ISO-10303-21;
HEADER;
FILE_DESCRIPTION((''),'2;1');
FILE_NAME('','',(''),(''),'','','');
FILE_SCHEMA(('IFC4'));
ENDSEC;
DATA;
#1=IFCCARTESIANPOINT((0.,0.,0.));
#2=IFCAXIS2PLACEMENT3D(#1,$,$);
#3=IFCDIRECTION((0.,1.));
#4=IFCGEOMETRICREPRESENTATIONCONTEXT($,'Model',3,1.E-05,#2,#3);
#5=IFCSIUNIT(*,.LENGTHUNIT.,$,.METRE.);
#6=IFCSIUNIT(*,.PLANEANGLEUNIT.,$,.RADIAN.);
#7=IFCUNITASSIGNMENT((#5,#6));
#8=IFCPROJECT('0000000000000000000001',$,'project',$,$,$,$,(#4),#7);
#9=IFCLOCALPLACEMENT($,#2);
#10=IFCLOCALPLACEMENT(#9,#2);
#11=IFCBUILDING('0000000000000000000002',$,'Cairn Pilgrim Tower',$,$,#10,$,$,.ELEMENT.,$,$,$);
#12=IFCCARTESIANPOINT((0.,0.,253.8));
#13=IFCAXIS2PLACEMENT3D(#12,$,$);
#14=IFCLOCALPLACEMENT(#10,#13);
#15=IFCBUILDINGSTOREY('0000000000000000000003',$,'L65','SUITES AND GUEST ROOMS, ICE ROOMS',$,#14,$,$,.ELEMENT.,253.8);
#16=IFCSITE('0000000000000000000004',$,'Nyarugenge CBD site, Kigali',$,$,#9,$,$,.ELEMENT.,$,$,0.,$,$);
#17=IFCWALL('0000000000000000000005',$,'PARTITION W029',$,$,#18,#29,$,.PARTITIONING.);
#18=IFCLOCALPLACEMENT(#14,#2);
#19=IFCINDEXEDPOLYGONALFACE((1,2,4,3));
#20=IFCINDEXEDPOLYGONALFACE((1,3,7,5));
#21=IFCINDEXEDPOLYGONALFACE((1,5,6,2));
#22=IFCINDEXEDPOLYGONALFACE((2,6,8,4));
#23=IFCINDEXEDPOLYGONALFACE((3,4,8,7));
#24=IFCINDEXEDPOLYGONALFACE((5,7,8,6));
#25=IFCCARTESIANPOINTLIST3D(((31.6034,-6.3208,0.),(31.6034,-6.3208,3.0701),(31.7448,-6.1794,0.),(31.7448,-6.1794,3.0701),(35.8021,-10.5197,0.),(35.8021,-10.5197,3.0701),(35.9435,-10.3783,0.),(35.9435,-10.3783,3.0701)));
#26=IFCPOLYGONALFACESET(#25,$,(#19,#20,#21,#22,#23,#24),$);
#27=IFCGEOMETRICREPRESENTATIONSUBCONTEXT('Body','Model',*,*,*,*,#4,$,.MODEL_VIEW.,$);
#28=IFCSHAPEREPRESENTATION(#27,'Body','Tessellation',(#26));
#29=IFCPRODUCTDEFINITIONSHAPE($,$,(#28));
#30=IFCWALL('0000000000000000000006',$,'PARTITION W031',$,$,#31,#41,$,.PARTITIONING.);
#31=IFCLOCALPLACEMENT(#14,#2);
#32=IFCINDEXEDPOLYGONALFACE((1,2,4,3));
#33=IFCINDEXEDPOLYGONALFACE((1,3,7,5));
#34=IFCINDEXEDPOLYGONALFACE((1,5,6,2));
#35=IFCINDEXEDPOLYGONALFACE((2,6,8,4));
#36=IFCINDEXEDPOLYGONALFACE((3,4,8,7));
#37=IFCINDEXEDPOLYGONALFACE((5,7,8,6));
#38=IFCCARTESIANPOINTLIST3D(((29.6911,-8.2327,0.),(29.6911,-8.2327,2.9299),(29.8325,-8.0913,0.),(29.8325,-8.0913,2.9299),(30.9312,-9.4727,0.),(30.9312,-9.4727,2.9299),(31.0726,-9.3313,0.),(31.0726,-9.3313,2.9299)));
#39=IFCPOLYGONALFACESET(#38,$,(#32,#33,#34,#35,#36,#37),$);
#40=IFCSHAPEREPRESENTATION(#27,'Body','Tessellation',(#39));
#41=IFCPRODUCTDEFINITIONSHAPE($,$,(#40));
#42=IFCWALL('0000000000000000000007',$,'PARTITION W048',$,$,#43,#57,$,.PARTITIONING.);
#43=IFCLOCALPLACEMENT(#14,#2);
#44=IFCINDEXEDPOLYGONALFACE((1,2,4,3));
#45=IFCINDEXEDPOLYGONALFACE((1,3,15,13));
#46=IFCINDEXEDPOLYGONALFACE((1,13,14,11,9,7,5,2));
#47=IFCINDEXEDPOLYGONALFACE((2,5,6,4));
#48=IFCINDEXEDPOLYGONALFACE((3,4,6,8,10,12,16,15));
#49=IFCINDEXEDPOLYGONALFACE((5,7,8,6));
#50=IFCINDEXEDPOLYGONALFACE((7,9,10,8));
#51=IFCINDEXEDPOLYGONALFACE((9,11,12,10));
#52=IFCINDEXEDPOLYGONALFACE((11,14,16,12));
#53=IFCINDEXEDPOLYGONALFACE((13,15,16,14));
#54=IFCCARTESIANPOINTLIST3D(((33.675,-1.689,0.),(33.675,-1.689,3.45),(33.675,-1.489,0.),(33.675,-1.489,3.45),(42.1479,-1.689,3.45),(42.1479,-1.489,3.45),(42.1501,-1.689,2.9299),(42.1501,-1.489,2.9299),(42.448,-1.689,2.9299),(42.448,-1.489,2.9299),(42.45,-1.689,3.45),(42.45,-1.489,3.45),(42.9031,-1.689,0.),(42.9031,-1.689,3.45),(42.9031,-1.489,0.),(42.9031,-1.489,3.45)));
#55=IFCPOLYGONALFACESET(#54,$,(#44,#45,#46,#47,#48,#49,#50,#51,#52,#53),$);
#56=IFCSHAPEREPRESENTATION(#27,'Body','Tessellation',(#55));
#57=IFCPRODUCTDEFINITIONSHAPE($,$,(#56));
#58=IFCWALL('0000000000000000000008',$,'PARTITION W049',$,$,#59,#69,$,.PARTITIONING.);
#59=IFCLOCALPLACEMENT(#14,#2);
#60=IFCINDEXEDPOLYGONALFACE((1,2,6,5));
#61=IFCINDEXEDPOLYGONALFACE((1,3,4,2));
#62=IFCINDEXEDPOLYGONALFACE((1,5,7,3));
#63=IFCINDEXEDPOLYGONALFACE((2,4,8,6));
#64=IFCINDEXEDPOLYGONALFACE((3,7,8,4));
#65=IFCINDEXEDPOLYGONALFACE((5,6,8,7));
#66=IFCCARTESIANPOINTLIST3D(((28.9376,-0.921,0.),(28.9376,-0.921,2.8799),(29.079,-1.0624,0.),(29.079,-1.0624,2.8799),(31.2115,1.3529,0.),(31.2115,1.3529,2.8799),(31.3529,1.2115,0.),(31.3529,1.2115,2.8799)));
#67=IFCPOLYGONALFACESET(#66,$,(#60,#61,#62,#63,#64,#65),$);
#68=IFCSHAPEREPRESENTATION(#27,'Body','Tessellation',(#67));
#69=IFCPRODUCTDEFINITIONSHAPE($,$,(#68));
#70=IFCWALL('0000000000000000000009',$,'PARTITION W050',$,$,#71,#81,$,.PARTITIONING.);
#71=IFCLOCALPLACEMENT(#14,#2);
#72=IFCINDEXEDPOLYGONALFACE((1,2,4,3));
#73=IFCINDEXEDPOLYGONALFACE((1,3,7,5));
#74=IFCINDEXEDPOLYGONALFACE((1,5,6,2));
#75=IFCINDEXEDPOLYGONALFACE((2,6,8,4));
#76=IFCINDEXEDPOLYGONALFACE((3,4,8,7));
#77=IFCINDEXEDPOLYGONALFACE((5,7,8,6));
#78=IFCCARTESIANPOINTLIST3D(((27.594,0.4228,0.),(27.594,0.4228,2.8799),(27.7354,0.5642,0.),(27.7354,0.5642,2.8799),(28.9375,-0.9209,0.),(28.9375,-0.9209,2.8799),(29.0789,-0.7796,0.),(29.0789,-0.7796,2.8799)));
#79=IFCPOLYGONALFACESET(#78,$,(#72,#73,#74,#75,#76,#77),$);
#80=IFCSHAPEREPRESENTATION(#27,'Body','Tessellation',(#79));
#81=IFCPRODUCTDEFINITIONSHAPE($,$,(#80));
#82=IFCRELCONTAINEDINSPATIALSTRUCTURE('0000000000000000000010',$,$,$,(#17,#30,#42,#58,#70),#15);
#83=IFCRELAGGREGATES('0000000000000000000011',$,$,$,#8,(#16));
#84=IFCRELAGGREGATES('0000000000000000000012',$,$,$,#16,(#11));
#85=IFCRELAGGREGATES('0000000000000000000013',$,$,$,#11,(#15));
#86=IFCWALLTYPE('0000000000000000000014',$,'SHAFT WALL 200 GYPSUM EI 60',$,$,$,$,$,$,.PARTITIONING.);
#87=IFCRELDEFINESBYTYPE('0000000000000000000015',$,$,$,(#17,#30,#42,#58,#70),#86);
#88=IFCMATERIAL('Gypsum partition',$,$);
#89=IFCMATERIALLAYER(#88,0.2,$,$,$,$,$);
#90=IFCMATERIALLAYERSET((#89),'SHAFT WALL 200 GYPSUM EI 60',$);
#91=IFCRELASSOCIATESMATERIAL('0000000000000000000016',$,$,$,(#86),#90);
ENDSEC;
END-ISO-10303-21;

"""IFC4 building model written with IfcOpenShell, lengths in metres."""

from ifc_helpers import new_model, si_unit, direction, frame, frame_2d, origin, place, context, subcontext, project, spatial, polyline, rectangle, outline, extrude, material, layer, layer_set, type_object, element, save


model = new_model("IFC4")

# Units and contexts
model_context = context("Model", 3, precision=1e-05, world=origin(), true_north=direction((0.0, 1.0)))
body_context = subcontext(model_context, "Body", "Model", "MODEL_VIEW")
ifc_project = project(units=[si_unit("LENGTHUNIT", "METRE"), si_unit("PLANEANGLEUNIT", "RADIAN")], contexts=[model_context])

# Site, building, storey
site_placement = place(None, origin())
site = spatial("IfcSite", under=ifc_project, at=site_placement, Name="Nyarugenge CBD site, Kigali", CompositionType="ELEMENT", RefElevation=0.0)
building_placement = place(site_placement, origin())
building = spatial("IfcBuilding", under=site, at=building_placement, Name="Cairn Pilgrim Tower", CompositionType="ELEMENT")
storey_placement = place(building_placement, frame((0.0, 0.0, 253.8)))
storey = spatial("IfcBuildingStorey", under=building, at=storey_placement, Name="L65", Description="SUITES AND GUEST ROOMS, ICE ROOMS", CompositionType="ELEMENT", Elevation=253.8)

# Shared definitions
ifc_material_1 = material(Name="Gypsum partition")

# Walls
ifc_layer_1 = layer(ifc_material_1, 0.2)
ifc_layer_set_1 = layer_set([ifc_layer_1], Name="SHAFT WALL 200 GYPSUM EI 60")
wall_type_1 = type_object("IfcWallType", Name="SHAFT WALL 200 GYPSUM EI 60", PredefinedType="PARTITIONING", material=ifc_layer_set_1)
wall_1_placement = place(storey_placement, frame((35.8728, -10.449, 0.0), z_axis=(0.0, 0.0, 1.0), x_axis=(-0.707086, 0.707127, 0.0)))
element("IfcWall", 1, at=wall_1_placement, inside=storey, type_object=wall_type_1, Name="PARTITION W029", PredefinedType="PARTITIONING", context=body_context, shape_type="SweptSolid", body=[
    extrude(rectangle(XDim=5.938, YDim=0.2, at=frame_2d((2.969, 0.0))), origin(), (0.0, 0.0, 1.0), 3.0701),
])
wall_2_placement = place(storey_placement, frame((31.002, -9.4021, 0.0), z_axis=(0.0, 0.0, 1.0), x_axis=(-0.707107, 0.707107, 0.0)))
element("IfcWall", 2, at=wall_2_placement, inside=storey, type_object=wall_type_1, Name="PARTITION W031", PredefinedType="PARTITIONING", context=body_context, shape_type="SweptSolid", body=[
    extrude(rectangle(XDim=1.7537, YDim=0.2, at=frame_2d((0.877, 0.0))), origin(), (0.0, 0.0, 1.0), 2.9299),
])
wall_3_placement = place(storey_placement, frame((33.675, -1.5891, 0.0), z_axis=(0.0, 0.0, 1.0), x_axis=(1.0, 0.0, 0.0)))
element("IfcWall", 3, at=wall_3_placement, inside=storey, type_object=wall_type_1, Name="PARTITION W048", PredefinedType="PARTITIONING", context=body_context, shape_type="SweptSolid", body=[
    extrude(outline(polyline([(0.0, 0.0), (9.228, 0.0), (9.228, 3.45), (8.7749, 3.45), (8.7729, 2.9299), (8.4751, 2.9299), (8.4729, 3.45), (0.0, 3.45), (0.0, 0.0)])), frame((0.0, 0.1001, 0.0), z_axis=(0.0, -1.0, 0.0), x_axis=(1.0, 0.0, 0.0)), (0.0, 0.0, 1.0), 0.2),
])
wall_4_placement = place(storey_placement, frame((29.0083, -0.9917, 0.0), z_axis=(0.0, 0.0, 1.0), x_axis=(0.707107, 0.707107, 0.0)))
element("IfcWall", 4, at=wall_4_placement, inside=storey, type_object=wall_type_1, Name="PARTITION W049", PredefinedType="PARTITIONING", context=body_context, shape_type="SweptSolid", body=[
    extrude(rectangle(XDim=3.2158, YDim=0.2, at=frame_2d((1.6079, 0.0))), origin(), (0.0, 0.0, 1.0), 2.8799),
])
wall_5_placement = place(storey_placement, frame((29.0083, -0.8503, 0.0), z_axis=(0.0, 0.0, 1.0), x_axis=(-0.707043, 0.707171, 0.0)))
element("IfcWall", 5, at=wall_5_placement, inside=storey, type_object=wall_type_1, Name="PARTITION W050", PredefinedType="PARTITIONING", context=body_context, shape_type="SweptSolid", body=[
    extrude(rectangle(XDim=1.9001, YDim=0.2, at=frame_2d((0.9502, 0.0))), origin(), (0.0, 0.0, 1.0), 2.8799),
])

save(model, "model.ifc")
